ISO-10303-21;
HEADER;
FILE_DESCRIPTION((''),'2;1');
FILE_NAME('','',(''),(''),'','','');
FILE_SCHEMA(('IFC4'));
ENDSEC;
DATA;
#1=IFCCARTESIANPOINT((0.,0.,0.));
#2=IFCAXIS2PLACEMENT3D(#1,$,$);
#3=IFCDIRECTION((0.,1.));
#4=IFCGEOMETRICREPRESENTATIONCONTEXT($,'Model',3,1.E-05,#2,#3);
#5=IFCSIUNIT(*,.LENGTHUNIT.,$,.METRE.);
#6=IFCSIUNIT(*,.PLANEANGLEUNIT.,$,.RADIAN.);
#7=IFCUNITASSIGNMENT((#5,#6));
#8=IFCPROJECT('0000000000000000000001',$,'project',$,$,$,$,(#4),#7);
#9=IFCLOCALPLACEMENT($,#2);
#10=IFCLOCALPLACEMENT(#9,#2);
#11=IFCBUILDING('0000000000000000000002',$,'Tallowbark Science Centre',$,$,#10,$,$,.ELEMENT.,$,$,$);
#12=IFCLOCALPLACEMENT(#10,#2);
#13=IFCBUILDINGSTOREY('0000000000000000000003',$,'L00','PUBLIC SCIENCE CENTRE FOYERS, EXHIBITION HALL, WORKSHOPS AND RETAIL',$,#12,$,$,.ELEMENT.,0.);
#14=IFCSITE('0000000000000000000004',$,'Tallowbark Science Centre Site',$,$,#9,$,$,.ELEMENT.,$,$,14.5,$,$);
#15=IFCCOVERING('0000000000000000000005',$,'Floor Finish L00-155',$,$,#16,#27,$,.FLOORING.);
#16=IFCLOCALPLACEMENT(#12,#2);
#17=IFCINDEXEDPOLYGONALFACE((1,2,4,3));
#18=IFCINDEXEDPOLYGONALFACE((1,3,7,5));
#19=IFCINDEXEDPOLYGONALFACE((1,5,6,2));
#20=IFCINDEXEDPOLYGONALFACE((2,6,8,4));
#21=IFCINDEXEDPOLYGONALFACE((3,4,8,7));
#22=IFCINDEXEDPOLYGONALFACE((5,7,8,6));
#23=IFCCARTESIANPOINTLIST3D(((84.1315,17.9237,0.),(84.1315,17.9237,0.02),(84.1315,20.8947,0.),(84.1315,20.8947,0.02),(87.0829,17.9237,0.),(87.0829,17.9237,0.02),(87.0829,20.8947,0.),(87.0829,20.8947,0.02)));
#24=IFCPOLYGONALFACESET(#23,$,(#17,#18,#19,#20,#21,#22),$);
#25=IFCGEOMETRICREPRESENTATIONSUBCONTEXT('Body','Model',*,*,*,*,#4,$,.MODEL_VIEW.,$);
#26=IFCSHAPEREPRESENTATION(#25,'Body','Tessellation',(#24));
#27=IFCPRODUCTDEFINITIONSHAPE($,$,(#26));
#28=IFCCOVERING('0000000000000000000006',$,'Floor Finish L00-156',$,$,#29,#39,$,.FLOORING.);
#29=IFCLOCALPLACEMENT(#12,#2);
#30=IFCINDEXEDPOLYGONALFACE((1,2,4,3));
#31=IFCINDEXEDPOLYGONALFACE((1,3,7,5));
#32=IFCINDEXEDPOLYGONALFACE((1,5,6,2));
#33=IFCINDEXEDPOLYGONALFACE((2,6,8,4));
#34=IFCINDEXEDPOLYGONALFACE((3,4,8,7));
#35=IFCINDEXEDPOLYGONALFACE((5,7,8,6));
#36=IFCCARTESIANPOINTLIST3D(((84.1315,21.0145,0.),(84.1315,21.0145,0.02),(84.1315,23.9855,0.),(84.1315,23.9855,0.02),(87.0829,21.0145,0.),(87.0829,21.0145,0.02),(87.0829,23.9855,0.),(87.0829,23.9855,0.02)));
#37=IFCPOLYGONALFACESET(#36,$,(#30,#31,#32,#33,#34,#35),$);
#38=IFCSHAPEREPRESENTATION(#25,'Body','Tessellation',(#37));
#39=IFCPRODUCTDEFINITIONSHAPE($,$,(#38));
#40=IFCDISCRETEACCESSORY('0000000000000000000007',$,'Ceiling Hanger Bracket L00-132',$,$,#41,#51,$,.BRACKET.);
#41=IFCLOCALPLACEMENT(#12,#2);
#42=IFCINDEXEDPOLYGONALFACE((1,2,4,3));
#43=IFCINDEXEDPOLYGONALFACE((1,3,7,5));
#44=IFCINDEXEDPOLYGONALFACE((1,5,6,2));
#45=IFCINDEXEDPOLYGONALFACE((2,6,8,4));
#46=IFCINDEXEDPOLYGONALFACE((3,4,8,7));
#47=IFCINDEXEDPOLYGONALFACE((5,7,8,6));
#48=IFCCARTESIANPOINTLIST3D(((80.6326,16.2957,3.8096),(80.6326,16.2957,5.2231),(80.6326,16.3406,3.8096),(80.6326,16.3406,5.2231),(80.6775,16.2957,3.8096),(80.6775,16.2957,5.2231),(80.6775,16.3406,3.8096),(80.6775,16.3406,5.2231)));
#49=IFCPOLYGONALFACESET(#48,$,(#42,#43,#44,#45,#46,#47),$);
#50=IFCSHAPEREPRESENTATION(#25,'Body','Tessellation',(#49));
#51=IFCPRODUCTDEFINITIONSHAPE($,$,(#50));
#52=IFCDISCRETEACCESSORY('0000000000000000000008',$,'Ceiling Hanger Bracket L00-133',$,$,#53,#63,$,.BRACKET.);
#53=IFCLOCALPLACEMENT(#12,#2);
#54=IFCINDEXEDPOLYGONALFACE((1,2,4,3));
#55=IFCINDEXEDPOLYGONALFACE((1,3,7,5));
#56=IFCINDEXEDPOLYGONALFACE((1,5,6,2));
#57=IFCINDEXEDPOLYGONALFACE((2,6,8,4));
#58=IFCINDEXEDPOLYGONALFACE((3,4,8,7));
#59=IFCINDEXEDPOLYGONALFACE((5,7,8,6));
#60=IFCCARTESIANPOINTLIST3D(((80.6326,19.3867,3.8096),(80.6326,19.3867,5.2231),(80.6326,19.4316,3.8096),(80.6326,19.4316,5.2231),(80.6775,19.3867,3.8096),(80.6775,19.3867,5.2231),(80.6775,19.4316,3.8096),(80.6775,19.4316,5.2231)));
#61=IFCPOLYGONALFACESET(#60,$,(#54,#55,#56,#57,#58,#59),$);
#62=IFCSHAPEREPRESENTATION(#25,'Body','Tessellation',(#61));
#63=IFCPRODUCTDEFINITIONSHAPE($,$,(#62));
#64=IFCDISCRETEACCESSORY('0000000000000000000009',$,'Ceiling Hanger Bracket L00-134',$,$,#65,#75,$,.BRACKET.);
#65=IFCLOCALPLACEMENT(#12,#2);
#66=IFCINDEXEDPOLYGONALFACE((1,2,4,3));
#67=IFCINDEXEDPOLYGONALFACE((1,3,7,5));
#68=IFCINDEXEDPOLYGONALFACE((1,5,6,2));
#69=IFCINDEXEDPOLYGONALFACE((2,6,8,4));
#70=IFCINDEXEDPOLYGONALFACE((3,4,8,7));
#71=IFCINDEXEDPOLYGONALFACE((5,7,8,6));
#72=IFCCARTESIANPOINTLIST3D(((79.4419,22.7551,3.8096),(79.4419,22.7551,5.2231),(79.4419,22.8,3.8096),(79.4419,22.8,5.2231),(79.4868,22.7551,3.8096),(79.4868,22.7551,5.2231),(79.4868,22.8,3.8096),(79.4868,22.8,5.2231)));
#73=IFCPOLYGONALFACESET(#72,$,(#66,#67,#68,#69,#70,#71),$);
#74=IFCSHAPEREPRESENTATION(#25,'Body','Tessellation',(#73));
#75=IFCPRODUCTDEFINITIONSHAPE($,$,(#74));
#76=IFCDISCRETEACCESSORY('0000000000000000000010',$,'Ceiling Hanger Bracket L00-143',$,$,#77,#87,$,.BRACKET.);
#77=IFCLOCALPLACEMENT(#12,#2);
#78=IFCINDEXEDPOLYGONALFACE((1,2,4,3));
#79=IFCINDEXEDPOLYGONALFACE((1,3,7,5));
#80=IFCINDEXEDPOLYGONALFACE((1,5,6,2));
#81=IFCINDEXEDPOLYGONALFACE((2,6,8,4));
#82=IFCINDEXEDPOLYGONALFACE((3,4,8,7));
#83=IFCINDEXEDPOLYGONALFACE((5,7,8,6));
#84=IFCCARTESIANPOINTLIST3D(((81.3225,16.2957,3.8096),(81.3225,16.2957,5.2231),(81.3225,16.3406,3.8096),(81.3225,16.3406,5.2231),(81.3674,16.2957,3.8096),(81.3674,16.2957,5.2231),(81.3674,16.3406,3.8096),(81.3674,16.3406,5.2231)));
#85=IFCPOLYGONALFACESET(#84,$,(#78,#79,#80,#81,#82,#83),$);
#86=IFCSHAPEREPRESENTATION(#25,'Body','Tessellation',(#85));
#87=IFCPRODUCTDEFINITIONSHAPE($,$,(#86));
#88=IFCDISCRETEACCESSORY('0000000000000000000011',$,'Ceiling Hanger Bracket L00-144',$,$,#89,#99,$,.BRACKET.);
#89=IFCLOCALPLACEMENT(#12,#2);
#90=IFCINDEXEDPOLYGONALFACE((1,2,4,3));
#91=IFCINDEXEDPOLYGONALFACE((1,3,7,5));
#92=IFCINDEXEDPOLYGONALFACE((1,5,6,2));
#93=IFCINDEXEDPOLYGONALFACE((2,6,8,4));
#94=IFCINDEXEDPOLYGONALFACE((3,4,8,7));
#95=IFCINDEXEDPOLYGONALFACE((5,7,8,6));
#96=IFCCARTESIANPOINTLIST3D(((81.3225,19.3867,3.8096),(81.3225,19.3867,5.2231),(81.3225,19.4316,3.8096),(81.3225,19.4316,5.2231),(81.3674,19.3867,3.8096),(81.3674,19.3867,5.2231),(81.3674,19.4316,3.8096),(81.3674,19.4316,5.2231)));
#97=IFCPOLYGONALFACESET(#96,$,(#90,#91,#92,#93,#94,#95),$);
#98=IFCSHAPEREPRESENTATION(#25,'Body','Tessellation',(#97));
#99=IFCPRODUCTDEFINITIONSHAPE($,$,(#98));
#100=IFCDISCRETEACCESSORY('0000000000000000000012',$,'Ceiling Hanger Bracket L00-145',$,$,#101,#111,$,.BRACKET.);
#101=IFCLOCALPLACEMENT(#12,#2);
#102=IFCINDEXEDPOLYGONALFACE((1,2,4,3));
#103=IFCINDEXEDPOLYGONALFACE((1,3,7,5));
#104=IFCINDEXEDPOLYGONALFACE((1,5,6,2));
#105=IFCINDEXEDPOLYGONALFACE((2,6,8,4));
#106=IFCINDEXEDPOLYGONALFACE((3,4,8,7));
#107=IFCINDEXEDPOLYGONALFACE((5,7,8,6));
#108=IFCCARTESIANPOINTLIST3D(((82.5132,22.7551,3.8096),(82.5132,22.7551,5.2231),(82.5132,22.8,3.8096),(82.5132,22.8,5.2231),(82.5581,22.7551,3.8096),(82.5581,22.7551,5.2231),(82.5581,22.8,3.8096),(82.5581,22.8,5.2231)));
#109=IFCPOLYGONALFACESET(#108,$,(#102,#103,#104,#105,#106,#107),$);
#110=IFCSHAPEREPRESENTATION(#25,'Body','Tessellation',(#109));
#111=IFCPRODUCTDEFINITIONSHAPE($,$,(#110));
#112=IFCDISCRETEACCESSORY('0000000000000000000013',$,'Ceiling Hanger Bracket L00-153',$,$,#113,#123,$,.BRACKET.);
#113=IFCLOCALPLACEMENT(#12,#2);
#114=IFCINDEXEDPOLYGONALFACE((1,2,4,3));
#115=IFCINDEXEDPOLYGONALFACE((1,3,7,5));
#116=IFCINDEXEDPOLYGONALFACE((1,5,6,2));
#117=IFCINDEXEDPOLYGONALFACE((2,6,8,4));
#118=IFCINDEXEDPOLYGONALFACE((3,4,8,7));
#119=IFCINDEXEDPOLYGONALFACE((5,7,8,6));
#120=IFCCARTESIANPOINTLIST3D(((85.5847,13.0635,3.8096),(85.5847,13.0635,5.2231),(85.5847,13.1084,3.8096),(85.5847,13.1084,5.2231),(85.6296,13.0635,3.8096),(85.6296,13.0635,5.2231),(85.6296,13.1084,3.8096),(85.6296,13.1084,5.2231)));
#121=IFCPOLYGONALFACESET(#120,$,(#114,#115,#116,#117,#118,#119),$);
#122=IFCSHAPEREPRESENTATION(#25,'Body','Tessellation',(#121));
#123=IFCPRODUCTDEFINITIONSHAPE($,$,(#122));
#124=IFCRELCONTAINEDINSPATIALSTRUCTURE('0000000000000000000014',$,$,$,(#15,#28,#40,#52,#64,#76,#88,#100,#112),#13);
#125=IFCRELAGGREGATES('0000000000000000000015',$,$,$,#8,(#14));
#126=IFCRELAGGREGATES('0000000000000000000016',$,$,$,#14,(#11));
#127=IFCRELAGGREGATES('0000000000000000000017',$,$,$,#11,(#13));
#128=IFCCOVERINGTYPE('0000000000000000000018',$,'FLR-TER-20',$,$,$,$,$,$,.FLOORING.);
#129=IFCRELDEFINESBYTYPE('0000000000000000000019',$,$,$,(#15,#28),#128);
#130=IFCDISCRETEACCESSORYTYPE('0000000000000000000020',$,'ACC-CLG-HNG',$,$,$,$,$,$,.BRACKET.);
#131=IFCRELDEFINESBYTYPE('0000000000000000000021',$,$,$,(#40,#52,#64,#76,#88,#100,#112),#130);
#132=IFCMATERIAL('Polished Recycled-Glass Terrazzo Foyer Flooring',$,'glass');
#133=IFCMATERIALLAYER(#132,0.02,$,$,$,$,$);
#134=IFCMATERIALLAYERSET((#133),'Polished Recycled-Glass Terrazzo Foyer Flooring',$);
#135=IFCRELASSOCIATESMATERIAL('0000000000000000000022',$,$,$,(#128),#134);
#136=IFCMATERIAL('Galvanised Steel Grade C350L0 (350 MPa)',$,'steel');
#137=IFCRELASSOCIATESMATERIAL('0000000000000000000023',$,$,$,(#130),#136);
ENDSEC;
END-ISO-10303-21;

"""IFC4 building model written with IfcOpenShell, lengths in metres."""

from ifc_helpers import new_model, si_unit, direction, frame, origin, origin_2d, place, context, subcontext, project, spatial, rectangle, extrude, material, layer, layer_set, type_object, element, save


model = new_model("IFC4")

# Units and contexts
model_context = context("Model", 3, precision=1e-05, world=origin(), true_north=direction((0.0, 1.0)))
body_context = subcontext(model_context, "Body", "Model", "MODEL_VIEW")
ifc_project = project(units=[si_unit("LENGTHUNIT", "METRE"), si_unit("PLANEANGLEUNIT", "RADIAN")], contexts=[model_context])

# Site, building, storey
site_placement = place(None, origin())
site = spatial("IfcSite", under=ifc_project, at=site_placement, Name="Tallowbark Science Centre Site", CompositionType="ELEMENT", RefElevation=14.5)
building_placement = place(site_placement, origin())
building = spatial("IfcBuilding", under=site, at=building_placement, Name="Tallowbark Science Centre", CompositionType="ELEMENT")
storey_placement = place(building_placement, origin())
storey = spatial("IfcBuildingStorey", under=building, at=storey_placement, Name="L00", Description="PUBLIC SCIENCE CENTRE FOYERS, EXHIBITION HALL, WORKSHOPS AND RETAIL", CompositionType="ELEMENT", Elevation=0.0)

# Coverings
ifc_material_1 = material(Name="Polished Recycled-Glass Terrazzo Foyer Flooring", Category="glass")
ifc_layer_1 = layer(ifc_material_1, 0.02)
ifc_layer_set_1 = layer_set([ifc_layer_1], Name="Polished Recycled-Glass Terrazzo Foyer Flooring")
covering_type_1 = type_object("IfcCoveringType", Name="FLR-TER-20", PredefinedType="FLOORING", material=ifc_layer_set_1)
for number, where, z_axis, x_axis, name in (
    (1, (85.6072, 19.4092, 0.0), (0.0, 0.0, 1.0), (1.0, 0.0, 0.0), "Floor Finish L00-155"),
    (2, (85.6072, 22.5, 0.0), (0.0, 0.0, 1.0), (1.0, 0.0, 0.0), "Floor Finish L00-156"),
):
    element("IfcCovering", number, at=place(storey_placement, frame(where, z_axis=z_axis, x_axis=x_axis)), inside=storey, type_object=covering_type_1, Name=name, PredefinedType="FLOORING", context=body_context, shape_type="SweptSolid", body=[
        extrude(rectangle(XDim=2.9514, YDim=2.9709, at=origin_2d()), origin(), (0.0, 0.0, 1.0), 0.02),
    ])

# Discrete accessories
ifc_material_2 = material(Name="Galvanised Steel Grade C350L0 (350 MPa)", Category="steel")
discrete_accessory_type = type_object("IfcDiscreteAccessoryType", Name="ACC-CLG-HNG", PredefinedType="BRACKET", material=ifc_material_2)
for number, where, z_axis, x_axis, name in (
    (3, (80.655, 16.3181, 3.8096), (0.0, 0.0, 1.0), (1.0, 0.0, 0.0), "Ceiling Hanger Bracket L00-132"),
    (4, (80.655, 19.4092, 3.8096), (0.0, 0.0, 1.0), (1.0, 0.0, 0.0), "Ceiling Hanger Bracket L00-133"),
    (5, (79.4644, 22.7776, 3.8096), (0.0, 0.0, 1.0), (1.0, 0.0, 0.0), "Ceiling Hanger Bracket L00-134"),
    (6, (81.345, 16.3181, 3.8096), (0.0, 0.0, 1.0), (1.0, 0.0, 0.0), "Ceiling Hanger Bracket L00-143"),
    (7, (81.345, 19.4092, 3.8096), (0.0, 0.0, 1.0), (1.0, 0.0, 0.0), "Ceiling Hanger Bracket L00-144"),
    (8, (82.5356, 22.7776, 3.8096), (0.0, 0.0, 1.0), (1.0, 0.0, 0.0), "Ceiling Hanger Bracket L00-145"),
    (9, (85.6072, 13.0859, 3.8096), (0.0, 0.0, 1.0), (1.0, 0.0, 0.0), "Ceiling Hanger Bracket L00-153"),
):
    element("IfcDiscreteAccessory", number, at=place(storey_placement, frame(where, z_axis=z_axis, x_axis=x_axis)), inside=storey, type_object=discrete_accessory_type, Name=name, PredefinedType="BRACKET", context=body_context, shape_type="SweptSolid", body=[
        extrude(rectangle(XDim=0.0449, YDim=0.0449, at=origin_2d()), origin(), (0.0, 0.0, 1.0), 1.4136),
    ])

save(model, "model.ifc")
